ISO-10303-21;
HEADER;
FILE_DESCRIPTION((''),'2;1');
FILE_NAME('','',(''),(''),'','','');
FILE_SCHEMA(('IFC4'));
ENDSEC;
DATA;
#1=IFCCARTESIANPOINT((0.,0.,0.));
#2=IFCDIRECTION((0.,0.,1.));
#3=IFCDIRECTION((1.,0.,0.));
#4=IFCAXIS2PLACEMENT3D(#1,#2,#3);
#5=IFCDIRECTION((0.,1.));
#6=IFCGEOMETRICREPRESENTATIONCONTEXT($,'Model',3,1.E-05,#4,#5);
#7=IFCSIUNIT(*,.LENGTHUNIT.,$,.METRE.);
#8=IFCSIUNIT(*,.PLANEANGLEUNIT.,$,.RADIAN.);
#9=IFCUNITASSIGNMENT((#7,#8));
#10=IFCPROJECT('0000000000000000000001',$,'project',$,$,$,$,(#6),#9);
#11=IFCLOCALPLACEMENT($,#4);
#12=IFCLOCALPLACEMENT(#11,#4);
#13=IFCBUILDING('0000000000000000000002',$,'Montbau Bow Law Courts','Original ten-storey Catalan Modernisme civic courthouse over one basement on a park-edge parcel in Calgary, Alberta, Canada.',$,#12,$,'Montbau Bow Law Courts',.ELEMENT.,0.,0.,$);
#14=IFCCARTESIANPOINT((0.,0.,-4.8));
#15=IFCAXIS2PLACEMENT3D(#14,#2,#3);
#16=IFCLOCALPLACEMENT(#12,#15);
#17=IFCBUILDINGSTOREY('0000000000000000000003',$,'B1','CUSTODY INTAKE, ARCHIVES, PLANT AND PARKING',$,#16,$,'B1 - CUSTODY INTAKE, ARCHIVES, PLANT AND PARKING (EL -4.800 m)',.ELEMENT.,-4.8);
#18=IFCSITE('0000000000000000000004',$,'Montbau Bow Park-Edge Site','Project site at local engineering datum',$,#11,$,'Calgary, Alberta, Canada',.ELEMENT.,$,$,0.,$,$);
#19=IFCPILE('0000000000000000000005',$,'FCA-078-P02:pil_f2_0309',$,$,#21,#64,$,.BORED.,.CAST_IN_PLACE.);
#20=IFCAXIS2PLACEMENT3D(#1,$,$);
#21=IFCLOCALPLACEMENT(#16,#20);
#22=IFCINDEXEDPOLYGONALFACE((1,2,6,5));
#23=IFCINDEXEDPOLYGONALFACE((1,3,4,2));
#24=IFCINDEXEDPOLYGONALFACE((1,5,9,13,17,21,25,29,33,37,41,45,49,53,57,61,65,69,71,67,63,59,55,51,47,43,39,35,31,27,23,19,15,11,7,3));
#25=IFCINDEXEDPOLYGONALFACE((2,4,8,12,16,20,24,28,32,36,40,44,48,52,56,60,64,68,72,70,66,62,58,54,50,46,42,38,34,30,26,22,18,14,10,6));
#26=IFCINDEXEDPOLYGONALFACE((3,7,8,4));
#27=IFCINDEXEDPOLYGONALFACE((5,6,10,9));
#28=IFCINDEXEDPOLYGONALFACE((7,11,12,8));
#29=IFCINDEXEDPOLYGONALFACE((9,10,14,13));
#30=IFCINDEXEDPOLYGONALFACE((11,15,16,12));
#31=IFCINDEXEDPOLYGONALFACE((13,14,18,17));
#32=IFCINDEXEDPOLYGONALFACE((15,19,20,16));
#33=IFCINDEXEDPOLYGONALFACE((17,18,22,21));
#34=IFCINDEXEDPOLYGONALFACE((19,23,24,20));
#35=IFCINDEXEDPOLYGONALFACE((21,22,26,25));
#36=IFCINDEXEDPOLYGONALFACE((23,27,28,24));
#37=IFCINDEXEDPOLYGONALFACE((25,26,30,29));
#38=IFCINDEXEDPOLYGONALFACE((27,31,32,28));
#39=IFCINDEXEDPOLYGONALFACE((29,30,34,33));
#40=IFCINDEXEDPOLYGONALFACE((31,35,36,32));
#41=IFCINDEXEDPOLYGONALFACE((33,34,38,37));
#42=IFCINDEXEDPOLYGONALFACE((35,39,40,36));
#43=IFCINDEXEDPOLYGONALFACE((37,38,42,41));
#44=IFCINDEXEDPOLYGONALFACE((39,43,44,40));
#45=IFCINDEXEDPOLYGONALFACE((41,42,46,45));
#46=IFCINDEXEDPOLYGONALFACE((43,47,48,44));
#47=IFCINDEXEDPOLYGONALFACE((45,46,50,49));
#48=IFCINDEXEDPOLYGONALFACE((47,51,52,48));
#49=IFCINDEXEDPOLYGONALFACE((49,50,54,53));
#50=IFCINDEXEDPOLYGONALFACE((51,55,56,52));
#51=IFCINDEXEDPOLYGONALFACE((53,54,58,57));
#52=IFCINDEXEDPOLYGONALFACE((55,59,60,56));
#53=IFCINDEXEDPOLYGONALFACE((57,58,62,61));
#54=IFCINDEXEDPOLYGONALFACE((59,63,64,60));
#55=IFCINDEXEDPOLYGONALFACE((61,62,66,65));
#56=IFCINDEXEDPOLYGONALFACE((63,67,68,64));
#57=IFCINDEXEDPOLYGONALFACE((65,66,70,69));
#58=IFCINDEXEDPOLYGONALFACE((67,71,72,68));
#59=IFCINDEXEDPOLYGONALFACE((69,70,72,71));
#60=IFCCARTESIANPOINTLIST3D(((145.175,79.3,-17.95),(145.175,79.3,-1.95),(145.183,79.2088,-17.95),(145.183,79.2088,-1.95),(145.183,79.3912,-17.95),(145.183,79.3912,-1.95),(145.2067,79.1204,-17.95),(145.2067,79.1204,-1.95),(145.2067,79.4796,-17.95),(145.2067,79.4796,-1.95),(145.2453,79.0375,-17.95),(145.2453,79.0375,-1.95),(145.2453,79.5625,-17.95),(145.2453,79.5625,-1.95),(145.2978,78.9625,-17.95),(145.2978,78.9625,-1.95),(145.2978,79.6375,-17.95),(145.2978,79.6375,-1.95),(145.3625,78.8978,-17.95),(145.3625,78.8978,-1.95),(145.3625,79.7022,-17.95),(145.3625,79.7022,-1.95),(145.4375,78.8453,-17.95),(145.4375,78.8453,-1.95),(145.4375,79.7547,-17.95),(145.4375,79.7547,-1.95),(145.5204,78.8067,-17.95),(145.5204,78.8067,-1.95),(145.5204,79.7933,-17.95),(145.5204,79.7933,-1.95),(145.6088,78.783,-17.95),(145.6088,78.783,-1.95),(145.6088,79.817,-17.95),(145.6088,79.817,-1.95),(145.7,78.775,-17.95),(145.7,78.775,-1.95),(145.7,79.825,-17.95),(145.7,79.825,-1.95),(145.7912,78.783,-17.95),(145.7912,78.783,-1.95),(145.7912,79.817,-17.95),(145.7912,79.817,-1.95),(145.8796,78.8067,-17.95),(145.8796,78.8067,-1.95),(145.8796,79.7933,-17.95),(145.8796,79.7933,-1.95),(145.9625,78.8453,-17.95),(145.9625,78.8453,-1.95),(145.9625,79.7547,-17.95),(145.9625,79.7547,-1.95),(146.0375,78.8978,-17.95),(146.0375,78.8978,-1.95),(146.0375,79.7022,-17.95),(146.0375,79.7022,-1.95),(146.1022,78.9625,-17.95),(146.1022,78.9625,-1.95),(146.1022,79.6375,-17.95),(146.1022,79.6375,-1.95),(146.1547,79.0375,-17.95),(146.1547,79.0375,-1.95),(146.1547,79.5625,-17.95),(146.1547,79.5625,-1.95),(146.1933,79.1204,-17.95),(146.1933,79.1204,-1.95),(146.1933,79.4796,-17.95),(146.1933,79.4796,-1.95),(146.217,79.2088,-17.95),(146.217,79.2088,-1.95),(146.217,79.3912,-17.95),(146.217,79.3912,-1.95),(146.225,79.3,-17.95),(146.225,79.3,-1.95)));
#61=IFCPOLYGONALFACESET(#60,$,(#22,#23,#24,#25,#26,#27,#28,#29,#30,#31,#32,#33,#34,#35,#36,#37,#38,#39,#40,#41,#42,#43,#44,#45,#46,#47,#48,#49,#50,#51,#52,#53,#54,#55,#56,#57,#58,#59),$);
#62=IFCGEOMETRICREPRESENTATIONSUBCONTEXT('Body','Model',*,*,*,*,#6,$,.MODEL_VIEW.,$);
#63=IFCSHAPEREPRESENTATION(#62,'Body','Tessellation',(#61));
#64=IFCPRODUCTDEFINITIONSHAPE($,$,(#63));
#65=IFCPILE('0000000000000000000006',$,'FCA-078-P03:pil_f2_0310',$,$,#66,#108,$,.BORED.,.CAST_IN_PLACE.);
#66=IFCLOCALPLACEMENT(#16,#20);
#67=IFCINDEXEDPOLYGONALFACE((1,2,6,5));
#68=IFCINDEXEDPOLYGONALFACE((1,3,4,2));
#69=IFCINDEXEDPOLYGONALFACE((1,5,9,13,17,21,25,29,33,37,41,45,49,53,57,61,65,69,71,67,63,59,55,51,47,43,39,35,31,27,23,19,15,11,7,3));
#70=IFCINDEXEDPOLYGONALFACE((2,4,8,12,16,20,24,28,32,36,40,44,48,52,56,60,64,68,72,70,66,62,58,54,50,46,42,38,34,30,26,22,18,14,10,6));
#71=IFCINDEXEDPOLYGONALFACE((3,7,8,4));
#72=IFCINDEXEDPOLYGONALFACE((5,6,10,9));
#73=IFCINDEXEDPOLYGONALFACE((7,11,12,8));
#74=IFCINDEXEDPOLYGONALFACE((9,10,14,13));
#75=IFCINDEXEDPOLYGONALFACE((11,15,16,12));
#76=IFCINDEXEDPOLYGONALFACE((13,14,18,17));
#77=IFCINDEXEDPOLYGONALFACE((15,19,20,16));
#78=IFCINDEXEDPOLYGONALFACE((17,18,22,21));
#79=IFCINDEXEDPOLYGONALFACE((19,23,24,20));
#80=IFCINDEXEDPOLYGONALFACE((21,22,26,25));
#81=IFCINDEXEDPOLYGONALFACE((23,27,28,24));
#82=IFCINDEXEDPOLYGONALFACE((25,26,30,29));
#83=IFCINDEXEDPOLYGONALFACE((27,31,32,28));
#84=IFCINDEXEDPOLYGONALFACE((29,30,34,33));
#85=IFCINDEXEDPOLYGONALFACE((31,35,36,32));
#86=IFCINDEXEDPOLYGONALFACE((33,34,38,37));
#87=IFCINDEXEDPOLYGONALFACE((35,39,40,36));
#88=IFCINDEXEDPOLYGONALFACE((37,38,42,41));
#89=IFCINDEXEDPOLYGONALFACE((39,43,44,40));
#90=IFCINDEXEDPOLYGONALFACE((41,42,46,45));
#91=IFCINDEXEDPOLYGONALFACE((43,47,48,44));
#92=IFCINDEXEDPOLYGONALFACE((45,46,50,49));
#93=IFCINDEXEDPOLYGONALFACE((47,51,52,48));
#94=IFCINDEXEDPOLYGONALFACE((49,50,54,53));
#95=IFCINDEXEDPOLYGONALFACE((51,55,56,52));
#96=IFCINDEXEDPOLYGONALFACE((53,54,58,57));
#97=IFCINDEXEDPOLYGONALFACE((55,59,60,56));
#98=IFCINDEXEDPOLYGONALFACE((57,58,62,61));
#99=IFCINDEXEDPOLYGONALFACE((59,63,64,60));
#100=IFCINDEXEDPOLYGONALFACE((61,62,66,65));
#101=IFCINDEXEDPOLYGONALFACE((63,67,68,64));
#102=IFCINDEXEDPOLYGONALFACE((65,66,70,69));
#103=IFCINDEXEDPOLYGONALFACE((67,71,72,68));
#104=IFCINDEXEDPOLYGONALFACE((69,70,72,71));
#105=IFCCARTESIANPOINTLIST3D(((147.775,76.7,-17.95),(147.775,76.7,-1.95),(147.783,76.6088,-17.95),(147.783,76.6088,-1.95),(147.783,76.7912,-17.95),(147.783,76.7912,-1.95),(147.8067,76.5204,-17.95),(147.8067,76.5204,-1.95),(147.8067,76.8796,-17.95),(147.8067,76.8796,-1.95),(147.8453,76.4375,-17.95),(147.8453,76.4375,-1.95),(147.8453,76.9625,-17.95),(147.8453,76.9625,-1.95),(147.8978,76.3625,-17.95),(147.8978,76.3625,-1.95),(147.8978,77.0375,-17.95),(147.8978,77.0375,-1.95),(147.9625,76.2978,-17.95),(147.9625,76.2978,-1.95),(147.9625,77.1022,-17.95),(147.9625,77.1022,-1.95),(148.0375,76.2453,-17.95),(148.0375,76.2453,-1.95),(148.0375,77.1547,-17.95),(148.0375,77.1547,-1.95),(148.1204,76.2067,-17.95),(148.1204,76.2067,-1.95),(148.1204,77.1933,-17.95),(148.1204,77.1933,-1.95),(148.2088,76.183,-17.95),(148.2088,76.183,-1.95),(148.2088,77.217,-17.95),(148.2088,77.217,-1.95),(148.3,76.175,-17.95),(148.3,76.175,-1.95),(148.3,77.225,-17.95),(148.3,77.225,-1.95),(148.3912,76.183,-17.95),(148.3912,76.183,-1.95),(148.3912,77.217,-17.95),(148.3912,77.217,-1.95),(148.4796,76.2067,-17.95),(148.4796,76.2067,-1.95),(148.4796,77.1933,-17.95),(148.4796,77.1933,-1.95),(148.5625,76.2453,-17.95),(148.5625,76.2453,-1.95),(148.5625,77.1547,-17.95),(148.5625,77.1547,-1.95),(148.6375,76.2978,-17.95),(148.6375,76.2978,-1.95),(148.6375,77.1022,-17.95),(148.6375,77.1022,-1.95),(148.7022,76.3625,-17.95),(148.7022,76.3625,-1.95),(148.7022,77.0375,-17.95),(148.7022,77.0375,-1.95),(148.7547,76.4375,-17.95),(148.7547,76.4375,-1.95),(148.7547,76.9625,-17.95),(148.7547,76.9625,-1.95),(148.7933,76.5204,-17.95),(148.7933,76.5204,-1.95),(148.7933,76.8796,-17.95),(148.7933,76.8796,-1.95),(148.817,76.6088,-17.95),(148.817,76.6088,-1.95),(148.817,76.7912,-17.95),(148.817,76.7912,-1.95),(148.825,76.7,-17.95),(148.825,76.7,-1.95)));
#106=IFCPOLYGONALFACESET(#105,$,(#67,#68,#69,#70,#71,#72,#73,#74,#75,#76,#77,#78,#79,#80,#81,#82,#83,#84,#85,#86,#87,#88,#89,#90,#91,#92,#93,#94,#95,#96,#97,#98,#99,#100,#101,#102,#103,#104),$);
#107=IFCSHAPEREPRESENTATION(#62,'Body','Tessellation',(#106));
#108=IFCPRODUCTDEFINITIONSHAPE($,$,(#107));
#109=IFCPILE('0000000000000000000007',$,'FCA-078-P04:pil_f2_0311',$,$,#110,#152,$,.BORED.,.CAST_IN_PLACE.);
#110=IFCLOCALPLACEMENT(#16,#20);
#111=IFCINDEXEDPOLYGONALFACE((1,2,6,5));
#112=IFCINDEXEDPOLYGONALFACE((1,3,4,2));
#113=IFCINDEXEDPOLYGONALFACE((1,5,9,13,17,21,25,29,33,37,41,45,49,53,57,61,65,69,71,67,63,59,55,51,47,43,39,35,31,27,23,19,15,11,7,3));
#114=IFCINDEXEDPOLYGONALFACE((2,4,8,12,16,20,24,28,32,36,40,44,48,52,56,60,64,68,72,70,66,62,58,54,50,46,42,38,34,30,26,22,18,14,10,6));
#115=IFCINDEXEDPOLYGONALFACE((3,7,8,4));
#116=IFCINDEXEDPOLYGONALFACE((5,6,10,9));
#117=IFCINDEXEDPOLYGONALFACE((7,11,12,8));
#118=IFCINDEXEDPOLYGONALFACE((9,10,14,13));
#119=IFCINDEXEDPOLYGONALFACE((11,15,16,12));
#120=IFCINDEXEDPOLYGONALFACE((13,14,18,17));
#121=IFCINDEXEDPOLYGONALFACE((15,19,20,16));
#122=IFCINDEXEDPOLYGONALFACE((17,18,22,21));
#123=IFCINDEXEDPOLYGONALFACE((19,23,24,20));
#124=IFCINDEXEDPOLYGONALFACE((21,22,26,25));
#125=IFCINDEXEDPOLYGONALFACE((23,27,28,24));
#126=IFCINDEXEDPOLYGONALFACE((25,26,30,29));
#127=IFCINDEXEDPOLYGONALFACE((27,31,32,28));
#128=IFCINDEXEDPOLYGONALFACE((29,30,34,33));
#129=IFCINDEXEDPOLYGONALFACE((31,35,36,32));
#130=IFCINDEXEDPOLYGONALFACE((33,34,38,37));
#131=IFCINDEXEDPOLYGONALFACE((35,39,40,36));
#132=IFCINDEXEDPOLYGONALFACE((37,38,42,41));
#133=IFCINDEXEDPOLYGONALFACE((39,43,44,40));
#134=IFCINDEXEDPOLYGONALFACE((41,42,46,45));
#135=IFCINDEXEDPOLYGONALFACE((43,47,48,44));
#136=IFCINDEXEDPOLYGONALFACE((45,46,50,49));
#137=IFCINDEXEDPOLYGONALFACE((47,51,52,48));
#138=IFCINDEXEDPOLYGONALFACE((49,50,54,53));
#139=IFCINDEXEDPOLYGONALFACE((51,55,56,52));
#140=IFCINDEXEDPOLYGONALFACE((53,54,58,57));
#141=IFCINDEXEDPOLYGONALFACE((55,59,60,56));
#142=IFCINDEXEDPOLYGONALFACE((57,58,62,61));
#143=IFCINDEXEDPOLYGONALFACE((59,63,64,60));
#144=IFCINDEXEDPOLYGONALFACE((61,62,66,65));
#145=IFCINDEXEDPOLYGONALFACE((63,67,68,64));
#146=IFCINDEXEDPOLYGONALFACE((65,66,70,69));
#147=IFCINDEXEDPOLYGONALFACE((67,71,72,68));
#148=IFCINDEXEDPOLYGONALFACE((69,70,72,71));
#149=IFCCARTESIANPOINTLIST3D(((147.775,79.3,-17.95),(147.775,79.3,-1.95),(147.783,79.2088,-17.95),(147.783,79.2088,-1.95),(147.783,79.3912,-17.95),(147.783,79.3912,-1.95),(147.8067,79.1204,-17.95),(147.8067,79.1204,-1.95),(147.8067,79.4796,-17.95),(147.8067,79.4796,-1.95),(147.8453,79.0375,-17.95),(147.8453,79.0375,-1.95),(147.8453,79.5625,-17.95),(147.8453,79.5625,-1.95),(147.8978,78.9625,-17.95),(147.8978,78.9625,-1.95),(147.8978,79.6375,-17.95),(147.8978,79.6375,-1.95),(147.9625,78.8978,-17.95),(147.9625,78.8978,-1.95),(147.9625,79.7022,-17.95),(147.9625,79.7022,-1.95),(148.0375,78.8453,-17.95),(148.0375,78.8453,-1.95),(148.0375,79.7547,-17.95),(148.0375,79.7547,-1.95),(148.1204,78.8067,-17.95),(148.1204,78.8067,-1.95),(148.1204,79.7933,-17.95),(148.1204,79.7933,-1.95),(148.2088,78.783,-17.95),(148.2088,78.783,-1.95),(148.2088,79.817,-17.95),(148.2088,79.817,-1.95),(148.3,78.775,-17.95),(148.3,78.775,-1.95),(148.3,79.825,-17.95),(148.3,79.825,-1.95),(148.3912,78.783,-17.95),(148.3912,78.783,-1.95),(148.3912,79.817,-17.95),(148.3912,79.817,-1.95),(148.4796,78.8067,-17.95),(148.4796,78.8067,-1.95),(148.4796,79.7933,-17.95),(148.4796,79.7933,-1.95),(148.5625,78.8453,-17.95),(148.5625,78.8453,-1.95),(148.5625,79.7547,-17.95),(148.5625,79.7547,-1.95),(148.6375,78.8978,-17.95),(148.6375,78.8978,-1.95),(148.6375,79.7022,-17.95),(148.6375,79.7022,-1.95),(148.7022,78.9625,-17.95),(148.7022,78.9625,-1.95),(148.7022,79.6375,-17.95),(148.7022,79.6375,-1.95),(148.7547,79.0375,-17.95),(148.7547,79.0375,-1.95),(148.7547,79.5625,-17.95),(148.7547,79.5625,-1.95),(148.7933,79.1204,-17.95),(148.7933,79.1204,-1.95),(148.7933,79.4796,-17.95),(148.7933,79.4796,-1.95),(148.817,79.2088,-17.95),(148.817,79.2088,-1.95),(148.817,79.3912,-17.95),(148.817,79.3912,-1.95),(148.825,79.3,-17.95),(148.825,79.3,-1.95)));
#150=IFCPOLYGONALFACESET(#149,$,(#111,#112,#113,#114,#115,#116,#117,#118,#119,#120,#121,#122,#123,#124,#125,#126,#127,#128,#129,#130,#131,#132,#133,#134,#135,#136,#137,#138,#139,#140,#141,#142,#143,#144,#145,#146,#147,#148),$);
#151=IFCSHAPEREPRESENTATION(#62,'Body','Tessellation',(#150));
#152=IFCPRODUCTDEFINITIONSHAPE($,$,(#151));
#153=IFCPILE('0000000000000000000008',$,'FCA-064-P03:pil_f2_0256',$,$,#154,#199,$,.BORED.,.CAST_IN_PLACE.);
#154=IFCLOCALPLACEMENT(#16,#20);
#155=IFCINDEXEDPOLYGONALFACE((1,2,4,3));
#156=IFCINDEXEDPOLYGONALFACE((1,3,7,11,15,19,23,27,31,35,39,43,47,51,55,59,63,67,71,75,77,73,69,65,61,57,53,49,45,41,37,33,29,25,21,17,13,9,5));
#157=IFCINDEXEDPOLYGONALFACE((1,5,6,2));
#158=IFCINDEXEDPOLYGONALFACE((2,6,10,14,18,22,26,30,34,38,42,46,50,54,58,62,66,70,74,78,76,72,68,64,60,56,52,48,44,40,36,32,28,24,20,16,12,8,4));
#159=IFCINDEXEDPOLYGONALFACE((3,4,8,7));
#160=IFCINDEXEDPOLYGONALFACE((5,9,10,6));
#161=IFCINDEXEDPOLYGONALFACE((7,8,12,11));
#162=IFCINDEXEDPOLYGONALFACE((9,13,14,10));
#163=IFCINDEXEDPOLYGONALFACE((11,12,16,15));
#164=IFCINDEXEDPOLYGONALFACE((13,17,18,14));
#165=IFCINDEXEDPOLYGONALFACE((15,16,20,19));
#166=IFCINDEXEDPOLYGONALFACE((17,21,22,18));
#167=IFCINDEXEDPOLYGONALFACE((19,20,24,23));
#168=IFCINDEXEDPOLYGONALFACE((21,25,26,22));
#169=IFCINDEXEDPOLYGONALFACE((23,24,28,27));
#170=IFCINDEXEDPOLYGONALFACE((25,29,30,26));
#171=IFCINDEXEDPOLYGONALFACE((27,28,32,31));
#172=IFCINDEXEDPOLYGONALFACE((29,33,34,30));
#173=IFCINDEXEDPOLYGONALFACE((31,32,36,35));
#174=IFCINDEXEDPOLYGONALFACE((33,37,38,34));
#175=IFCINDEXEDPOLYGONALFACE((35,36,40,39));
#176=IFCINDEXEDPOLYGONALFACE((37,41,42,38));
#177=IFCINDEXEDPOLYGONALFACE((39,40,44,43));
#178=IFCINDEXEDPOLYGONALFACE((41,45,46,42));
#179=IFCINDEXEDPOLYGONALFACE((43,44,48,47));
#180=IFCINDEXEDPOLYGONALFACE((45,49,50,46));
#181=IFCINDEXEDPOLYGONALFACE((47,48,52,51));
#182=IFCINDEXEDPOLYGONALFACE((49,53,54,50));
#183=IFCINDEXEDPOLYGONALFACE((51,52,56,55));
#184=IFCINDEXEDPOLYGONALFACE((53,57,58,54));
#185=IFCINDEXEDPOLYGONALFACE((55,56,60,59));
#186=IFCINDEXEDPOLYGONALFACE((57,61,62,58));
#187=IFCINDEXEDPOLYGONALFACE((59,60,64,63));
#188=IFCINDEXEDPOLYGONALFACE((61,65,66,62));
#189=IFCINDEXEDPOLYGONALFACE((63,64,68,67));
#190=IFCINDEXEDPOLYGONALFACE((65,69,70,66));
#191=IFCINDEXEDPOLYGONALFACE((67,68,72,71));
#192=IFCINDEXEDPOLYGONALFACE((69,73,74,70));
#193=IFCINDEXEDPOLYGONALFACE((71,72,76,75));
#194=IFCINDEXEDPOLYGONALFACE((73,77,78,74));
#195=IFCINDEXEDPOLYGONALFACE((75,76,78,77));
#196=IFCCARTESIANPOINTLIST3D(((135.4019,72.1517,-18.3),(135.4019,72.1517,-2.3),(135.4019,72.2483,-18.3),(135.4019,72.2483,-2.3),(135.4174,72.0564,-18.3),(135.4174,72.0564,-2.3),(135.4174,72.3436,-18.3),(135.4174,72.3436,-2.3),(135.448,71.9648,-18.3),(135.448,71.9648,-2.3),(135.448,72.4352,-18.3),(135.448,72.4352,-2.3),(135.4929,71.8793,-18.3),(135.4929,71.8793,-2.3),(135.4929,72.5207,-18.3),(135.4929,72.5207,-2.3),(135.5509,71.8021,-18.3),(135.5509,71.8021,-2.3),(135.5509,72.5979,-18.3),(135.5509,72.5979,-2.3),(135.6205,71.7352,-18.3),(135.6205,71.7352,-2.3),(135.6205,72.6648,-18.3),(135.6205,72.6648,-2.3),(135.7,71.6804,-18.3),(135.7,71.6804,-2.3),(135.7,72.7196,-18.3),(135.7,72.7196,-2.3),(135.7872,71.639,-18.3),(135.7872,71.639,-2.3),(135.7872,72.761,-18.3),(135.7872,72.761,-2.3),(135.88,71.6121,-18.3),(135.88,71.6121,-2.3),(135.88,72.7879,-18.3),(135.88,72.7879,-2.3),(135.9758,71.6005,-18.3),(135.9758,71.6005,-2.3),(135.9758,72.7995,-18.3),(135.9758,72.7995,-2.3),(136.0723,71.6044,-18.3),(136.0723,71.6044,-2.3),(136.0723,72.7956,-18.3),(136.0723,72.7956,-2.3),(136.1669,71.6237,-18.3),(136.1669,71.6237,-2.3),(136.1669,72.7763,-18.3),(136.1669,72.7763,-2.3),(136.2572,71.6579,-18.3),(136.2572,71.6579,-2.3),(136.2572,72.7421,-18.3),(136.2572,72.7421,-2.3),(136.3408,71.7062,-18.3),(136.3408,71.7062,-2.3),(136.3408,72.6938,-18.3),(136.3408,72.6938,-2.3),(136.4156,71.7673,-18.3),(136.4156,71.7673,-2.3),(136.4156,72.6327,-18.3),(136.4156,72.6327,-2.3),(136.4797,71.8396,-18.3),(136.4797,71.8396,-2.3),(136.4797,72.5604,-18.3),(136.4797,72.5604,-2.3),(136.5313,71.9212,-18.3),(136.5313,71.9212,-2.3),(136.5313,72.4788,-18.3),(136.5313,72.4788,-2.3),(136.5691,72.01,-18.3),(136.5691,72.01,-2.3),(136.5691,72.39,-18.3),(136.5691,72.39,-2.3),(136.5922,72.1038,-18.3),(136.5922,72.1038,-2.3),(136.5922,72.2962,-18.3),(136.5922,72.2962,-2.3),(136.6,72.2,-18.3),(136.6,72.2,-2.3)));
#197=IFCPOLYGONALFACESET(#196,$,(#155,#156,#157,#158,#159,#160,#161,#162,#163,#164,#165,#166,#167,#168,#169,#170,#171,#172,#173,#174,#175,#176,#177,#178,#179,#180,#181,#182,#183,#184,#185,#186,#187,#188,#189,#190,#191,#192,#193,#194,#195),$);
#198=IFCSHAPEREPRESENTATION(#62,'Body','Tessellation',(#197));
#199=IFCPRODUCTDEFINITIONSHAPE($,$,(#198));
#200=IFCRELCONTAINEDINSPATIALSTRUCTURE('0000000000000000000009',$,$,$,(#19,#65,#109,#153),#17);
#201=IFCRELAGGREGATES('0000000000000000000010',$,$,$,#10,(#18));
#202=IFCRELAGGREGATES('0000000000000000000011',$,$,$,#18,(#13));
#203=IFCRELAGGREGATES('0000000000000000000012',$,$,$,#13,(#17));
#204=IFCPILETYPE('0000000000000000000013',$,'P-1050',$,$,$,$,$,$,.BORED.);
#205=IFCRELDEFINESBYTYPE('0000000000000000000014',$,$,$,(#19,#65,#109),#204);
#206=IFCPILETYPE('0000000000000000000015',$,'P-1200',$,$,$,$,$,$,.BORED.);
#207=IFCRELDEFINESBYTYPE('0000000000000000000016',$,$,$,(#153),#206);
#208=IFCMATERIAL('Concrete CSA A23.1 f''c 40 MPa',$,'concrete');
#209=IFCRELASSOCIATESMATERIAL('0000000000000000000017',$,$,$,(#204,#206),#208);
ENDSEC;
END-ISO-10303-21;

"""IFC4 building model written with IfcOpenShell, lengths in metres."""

from ifc_helpers import new_model, si_unit, direction, frame, origin_with_axes, origin_2d_with_axis, place, context, subcontext, project, spatial, circle, extrude, material, material_profile, profile_set, type_object, element, save


model = new_model("IFC4")

# Units and contexts
model_context = context("Model", 3, precision=1e-05, world=origin_with_axes(), true_north=direction((0.0, 1.0)))
body_context = subcontext(model_context, "Body", "Model", "MODEL_VIEW")
ifc_project = project(units=[si_unit("LENGTHUNIT", "METRE"), si_unit("PLANEANGLEUNIT", "RADIAN")], contexts=[model_context])

# Site, building, storey
site_placement = place(None, origin_with_axes())
site = spatial("IfcSite", under=ifc_project, at=site_placement, Name="Montbau Bow Park-Edge Site", Description="Project site at local engineering datum", LongName="Calgary, Alberta, Canada", CompositionType="ELEMENT", RefElevation=0.0)
building_placement = place(site_placement, origin_with_axes())
building = spatial("IfcBuilding", under=site, at=building_placement, Name="Montbau Bow Law Courts", Description="Original ten-storey Catalan Modernisme civic courthouse over one basement on a park-edge parcel in Calgary, Alberta, Canada.", LongName="Montbau Bow Law Courts", CompositionType="ELEMENT", ElevationOfRefHeight=0.0, ElevationOfTerrain=0.0)
storey_placement = place(building_placement, frame((0.0, 0.0, -4.8), z_axis=(0.0, 0.0, 1.0), x_axis=(1.0, 0.0, 0.0)))
storey = spatial("IfcBuildingStorey", under=building, at=storey_placement, Name="B1", Description="CUSTODY INTAKE, ARCHIVES, PLANT AND PARKING", LongName="B1 - CUSTODY INTAKE, ARCHIVES, PLANT AND PARKING (EL -4.800 m)", CompositionType="ELEMENT", Elevation=-4.8)

# Piles
ifc_material_1 = material(Name="Concrete CSA A23.1 f'c 40 MPa", Category="concrete")
ifc_material_profile_1 = material_profile(ifc_material_1, circle(Radius=0.525, at=origin_2d_with_axis()), Name="BP1050", Category="Main", Priority=0)
ifc_profile_set_1 = profile_set([ifc_material_profile_1], Name="Concrete CSA A23.1 f'c 40 MPa")
pile_type_1 = type_object("IfcPileType", Name="P-1050", PredefinedType="BORED", material=ifc_profile_set_1)
for number, where, z_axis, x_axis, name in (
    (1, (145.7, 79.3, -22.75), (0.0, 0.0, 1.0), (1.0, 0.0, 0.0), "FCA-078-P02:pil_f2_0309"),
    (2, (148.3, 76.7, -22.75), (0.0, 0.0, 1.0), (1.0, 0.0, 0.0), "FCA-078-P03:pil_f2_0310"),
    (3, (148.3, 79.3, -22.75), (0.0, 0.0, 1.0), (1.0, 0.0, 0.0), "FCA-078-P04:pil_f2_0311"),
):
    element("IfcPile", number, at=place(None, frame(where, z_axis=z_axis, x_axis=x_axis)), inside=storey, type_object=pile_type_1, Name=name, ConstructionType="CAST_IN_PLACE", PredefinedType="BORED", context=body_context, shape_type="SweptSolid", body=[
        extrude(circle(Radius=0.525, at=origin_2d_with_axis()), origin_with_axes(), (0.0, 0.0, 1.0), 16.0),
    ])
ifc_material_profile_2 = material_profile(ifc_material_1, circle(Radius=0.6, at=origin_2d_with_axis()), Name="BP1200", Category="Main", Priority=0)
ifc_profile_set_2 = profile_set([ifc_material_profile_2], Name="Concrete CSA A23.1 f'c 40 MPa")
pile_type_2 = type_object("IfcPileType", Name="P-1200", PredefinedType="BORED", material=ifc_profile_set_2)
for number, where, z_axis, x_axis, name in (
    (4, (136.0, 72.2, -23.1), (0.0, 0.0, 1.0), (1.0, 0.0, 0.0), "FCA-064-P03:pil_f2_0256"),
):
    element("IfcPile", number, at=place(None, frame(where, z_axis=z_axis, x_axis=x_axis)), inside=storey, type_object=pile_type_2, Name=name, ConstructionType="CAST_IN_PLACE", PredefinedType="BORED", context=body_context, shape_type="SweptSolid", body=[
        extrude(circle(Radius=0.6, at=origin_2d_with_axis()), origin_with_axes(), (0.0, 0.0, 1.0), 16.0),
    ])

save(model, "model.ifc")
